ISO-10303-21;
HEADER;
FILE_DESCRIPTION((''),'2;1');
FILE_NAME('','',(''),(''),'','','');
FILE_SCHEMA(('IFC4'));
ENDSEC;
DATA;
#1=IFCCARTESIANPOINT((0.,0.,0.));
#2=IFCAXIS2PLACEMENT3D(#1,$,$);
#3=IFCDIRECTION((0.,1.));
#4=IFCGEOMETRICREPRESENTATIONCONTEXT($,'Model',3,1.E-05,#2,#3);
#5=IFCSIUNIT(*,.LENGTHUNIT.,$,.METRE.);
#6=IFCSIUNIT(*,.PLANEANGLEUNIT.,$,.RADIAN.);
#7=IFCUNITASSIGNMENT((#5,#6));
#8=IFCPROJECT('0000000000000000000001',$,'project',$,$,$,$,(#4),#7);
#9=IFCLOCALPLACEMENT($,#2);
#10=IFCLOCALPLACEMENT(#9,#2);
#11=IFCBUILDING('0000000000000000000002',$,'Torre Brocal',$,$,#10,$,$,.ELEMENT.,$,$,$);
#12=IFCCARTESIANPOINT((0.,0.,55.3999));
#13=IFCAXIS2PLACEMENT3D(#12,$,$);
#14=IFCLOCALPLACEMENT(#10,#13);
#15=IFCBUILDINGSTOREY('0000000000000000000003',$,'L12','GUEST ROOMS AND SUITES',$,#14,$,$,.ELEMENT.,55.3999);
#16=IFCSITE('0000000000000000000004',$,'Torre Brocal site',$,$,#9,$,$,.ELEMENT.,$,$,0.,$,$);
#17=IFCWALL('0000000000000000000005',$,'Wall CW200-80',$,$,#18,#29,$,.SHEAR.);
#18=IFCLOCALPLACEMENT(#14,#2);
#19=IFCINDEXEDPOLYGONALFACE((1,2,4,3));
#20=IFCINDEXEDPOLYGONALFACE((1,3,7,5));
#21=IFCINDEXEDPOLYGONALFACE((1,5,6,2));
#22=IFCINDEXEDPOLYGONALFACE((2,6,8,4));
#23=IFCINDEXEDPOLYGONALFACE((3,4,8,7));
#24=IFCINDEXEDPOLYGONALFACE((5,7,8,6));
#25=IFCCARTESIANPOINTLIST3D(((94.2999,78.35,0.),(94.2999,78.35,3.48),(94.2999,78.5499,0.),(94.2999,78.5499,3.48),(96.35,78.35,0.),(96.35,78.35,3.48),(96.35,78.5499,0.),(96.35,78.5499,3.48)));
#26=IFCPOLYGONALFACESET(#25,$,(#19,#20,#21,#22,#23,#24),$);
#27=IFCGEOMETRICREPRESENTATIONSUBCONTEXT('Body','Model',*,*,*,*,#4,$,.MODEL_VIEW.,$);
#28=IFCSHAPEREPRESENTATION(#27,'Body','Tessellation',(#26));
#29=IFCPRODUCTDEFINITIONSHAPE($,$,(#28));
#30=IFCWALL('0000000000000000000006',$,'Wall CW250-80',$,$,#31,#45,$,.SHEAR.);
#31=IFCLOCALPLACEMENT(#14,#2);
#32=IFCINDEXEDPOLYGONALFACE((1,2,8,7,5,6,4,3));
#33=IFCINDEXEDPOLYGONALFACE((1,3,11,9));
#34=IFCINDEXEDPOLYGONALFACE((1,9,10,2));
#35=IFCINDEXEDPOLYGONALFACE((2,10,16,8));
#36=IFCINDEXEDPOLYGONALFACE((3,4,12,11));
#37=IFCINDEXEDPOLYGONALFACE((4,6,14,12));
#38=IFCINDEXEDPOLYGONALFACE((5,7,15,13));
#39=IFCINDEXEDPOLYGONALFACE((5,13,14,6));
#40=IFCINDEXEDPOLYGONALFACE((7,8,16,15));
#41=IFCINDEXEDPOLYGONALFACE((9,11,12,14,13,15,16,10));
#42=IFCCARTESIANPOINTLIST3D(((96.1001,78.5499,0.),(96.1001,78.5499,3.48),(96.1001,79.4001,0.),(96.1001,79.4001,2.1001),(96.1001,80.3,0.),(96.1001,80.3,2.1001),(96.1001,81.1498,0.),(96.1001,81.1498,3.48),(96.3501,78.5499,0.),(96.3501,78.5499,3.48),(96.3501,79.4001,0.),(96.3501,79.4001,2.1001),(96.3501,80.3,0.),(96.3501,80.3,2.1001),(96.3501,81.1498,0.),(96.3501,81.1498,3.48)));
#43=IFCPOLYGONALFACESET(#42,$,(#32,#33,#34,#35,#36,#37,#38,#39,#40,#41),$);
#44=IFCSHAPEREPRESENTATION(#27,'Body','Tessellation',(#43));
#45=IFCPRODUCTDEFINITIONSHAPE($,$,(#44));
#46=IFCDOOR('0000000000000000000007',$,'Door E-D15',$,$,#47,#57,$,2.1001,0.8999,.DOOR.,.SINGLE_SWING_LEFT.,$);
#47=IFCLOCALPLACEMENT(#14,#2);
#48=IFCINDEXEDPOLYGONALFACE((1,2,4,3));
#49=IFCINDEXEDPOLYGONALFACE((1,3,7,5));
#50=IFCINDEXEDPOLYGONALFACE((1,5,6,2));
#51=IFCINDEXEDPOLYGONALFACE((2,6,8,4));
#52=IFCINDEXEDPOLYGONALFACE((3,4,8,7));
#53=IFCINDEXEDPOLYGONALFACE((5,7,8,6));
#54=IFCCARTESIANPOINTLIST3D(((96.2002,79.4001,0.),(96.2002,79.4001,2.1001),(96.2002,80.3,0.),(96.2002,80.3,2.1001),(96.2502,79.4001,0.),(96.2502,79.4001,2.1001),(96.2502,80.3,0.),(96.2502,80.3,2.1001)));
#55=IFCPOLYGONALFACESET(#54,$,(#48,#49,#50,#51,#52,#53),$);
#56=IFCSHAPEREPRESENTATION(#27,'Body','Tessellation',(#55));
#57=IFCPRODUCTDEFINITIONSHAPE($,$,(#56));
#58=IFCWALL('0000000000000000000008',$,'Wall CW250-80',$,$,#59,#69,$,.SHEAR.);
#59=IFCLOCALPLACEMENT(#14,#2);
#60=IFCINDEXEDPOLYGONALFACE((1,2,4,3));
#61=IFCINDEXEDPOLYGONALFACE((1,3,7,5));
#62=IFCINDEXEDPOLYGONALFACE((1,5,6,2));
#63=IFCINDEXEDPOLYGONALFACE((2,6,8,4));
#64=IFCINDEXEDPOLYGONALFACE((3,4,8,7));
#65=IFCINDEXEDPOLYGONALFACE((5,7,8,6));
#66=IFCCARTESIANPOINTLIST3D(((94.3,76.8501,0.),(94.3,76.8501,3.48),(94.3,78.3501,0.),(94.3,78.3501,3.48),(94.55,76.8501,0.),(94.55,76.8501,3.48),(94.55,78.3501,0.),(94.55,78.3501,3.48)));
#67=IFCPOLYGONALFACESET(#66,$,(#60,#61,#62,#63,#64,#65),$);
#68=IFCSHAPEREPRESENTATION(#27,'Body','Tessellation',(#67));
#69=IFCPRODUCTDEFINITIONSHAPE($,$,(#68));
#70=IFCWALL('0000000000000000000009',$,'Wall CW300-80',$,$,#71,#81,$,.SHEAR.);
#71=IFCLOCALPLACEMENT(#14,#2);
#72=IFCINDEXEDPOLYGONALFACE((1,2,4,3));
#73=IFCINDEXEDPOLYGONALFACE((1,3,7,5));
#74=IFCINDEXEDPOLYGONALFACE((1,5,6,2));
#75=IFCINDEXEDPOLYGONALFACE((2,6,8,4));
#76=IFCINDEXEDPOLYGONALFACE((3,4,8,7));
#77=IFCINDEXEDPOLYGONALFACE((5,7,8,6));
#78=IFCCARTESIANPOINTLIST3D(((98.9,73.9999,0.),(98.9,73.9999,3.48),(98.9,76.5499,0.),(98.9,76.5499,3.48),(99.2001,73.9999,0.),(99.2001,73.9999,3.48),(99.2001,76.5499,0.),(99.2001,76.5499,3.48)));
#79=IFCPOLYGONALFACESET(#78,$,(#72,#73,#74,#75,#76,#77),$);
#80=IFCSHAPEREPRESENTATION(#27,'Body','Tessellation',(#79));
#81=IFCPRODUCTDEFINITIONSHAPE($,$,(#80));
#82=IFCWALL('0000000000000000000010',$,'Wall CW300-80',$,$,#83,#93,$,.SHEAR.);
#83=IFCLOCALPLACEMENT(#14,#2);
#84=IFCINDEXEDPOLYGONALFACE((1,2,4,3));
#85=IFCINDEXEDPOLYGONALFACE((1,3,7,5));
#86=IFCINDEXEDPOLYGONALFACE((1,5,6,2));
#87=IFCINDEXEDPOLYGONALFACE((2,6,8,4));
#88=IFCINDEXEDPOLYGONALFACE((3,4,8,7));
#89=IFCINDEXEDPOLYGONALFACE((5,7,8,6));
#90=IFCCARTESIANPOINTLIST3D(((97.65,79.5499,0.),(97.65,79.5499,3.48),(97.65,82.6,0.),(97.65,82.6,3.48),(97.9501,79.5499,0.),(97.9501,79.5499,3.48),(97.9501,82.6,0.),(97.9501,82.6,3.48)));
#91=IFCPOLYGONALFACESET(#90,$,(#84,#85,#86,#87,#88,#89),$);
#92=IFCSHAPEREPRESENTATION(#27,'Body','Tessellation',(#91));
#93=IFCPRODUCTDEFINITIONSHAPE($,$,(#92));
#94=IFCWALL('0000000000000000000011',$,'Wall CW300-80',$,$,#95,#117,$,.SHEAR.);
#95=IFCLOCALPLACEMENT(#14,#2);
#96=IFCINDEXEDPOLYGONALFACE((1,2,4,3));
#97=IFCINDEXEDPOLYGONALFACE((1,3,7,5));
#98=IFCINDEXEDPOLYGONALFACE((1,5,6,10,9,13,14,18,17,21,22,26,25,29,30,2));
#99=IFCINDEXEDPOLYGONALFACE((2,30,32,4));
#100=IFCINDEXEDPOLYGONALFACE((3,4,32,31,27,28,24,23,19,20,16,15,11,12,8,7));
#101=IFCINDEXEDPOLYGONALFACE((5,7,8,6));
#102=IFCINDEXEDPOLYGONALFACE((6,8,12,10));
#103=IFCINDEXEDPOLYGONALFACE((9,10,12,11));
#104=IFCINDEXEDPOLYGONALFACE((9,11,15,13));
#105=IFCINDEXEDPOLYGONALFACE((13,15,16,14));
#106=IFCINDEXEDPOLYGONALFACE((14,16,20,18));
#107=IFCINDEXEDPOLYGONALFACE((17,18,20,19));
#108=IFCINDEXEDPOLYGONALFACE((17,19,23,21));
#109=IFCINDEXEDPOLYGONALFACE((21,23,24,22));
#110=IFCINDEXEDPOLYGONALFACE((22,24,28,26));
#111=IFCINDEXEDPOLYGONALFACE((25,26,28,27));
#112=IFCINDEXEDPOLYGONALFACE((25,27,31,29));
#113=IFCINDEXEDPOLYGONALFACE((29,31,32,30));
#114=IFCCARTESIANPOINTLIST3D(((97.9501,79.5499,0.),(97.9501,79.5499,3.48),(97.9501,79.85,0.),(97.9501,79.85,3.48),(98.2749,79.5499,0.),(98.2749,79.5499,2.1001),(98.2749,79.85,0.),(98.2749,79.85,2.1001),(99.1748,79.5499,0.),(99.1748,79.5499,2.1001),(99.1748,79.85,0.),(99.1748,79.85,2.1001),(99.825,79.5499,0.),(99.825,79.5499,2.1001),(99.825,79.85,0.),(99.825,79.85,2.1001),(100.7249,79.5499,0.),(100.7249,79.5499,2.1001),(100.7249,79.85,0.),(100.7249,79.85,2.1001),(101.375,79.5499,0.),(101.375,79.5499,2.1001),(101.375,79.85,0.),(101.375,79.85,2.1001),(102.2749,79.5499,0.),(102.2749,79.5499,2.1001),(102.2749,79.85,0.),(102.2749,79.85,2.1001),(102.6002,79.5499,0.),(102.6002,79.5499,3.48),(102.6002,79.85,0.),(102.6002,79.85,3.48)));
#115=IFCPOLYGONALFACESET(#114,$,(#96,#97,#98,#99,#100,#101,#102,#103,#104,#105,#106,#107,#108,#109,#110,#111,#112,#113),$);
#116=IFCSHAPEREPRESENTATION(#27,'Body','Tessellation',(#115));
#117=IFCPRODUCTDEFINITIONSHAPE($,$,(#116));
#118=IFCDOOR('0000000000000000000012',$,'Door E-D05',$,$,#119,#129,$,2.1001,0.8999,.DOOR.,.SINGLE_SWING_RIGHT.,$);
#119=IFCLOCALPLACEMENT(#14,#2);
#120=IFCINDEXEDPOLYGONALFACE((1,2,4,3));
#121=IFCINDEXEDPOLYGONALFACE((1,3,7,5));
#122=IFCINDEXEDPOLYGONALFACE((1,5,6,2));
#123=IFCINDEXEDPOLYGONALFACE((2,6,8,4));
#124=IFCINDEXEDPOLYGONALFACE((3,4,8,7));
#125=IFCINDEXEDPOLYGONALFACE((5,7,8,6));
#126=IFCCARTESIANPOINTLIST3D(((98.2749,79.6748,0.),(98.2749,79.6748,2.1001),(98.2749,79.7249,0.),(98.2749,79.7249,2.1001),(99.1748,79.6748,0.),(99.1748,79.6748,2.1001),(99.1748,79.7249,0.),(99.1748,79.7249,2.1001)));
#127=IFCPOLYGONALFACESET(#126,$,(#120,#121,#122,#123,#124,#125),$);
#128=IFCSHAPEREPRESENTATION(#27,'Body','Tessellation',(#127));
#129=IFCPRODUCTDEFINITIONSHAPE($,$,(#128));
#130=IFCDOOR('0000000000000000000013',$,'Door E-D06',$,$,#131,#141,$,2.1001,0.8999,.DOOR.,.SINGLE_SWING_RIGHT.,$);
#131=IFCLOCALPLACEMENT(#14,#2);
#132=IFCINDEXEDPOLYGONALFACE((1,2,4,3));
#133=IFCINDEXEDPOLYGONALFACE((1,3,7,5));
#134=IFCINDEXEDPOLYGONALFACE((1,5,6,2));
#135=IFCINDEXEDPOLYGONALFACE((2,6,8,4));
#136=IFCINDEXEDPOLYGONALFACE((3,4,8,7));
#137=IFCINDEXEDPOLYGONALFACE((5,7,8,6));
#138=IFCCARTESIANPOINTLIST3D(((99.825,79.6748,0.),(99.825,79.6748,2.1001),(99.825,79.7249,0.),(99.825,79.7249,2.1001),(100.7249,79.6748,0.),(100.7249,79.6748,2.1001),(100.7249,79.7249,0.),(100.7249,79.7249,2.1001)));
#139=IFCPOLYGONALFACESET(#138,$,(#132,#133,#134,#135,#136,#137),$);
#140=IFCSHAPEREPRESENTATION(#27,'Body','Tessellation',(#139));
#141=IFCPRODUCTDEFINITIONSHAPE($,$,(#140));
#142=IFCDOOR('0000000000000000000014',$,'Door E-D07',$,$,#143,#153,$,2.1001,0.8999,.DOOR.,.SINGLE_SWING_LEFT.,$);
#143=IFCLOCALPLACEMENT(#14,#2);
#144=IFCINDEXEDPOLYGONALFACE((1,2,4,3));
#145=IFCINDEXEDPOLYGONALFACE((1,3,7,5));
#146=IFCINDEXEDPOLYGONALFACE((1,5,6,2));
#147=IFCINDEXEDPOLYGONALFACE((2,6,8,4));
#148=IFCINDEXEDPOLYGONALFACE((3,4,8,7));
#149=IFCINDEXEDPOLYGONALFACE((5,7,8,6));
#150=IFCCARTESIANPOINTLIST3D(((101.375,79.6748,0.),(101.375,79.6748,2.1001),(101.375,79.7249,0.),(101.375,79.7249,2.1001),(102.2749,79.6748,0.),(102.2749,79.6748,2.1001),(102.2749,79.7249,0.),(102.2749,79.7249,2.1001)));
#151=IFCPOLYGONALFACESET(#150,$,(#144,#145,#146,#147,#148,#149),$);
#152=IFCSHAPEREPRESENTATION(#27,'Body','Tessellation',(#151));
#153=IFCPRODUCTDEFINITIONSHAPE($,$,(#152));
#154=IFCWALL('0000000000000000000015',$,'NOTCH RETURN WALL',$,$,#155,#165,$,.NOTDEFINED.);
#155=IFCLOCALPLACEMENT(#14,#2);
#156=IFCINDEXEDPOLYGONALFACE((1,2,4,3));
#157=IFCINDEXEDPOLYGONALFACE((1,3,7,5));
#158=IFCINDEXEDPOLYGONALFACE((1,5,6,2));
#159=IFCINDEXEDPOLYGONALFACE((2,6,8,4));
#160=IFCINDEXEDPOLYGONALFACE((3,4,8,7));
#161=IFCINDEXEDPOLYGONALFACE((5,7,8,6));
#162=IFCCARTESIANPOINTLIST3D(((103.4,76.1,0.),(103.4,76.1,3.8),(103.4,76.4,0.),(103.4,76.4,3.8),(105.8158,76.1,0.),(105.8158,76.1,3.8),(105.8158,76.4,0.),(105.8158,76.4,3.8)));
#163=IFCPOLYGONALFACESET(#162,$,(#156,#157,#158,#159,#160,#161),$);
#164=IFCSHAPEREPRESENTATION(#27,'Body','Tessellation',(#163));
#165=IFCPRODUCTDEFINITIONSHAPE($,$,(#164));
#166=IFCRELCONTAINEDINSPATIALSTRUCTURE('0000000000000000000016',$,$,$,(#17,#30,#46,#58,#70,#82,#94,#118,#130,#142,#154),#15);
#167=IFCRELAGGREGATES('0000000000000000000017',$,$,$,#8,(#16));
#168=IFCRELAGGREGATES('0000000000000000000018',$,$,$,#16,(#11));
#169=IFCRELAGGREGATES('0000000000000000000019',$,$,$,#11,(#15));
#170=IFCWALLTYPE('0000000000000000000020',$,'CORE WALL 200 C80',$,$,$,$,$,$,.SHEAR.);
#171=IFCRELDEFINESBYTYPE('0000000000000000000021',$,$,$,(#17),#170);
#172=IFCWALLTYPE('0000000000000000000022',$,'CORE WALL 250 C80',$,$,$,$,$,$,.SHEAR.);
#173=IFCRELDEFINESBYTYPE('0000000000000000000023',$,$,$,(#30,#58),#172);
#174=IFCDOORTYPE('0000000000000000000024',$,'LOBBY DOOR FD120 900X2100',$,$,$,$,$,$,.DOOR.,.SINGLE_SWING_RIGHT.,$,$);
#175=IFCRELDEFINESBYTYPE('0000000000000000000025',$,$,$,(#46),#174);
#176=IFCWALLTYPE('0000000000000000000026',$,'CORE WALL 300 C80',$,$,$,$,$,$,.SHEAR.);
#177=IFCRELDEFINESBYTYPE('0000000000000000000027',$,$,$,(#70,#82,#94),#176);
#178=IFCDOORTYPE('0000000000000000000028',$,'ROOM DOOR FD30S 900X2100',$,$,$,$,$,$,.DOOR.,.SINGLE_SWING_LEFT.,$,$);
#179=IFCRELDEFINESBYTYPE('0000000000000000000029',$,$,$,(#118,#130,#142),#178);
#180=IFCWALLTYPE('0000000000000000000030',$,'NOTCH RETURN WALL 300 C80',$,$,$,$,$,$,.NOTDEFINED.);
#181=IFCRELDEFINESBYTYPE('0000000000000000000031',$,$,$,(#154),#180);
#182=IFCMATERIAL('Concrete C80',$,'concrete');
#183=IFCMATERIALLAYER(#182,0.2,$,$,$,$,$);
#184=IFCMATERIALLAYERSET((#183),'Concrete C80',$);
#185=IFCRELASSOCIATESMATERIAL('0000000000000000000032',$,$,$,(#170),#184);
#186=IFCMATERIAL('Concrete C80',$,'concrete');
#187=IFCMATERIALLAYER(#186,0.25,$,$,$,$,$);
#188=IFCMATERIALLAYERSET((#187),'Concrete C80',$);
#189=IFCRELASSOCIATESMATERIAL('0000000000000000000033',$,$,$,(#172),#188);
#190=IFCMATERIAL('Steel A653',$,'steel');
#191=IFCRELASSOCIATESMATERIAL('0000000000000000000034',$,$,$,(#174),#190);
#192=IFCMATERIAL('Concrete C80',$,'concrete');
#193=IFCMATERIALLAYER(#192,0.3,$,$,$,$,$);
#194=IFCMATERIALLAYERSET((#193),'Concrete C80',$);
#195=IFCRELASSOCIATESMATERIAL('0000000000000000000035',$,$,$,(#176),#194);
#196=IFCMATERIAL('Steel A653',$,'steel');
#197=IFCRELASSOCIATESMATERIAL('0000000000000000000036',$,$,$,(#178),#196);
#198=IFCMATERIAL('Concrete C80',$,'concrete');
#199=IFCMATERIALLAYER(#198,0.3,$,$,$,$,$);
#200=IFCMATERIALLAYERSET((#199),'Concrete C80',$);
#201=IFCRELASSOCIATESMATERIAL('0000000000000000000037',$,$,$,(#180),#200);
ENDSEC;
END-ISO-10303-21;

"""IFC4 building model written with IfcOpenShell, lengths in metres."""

from ifc_helpers import new_model, si_unit, direction, frame, frame_2d, origin, place, context, subcontext, project, spatial, rectangle, extrude, material, layer, layer_set, type_object, element, fill, save


model = new_model("IFC4")

# Units and contexts
model_context = context("Model", 3, precision=1e-05, world=origin(), true_north=direction((0.0, 1.0)))
body_context = subcontext(model_context, "Body", "Model", "MODEL_VIEW")
ifc_project = project(units=[si_unit("LENGTHUNIT", "METRE"), si_unit("PLANEANGLEUNIT", "RADIAN")], contexts=[model_context])

# Site, building, storey
site_placement = place(None, origin())
site = spatial("IfcSite", under=ifc_project, at=site_placement, Name="Torre Brocal site", CompositionType="ELEMENT", RefElevation=0.0)
building_placement = place(site_placement, origin())
building = spatial("IfcBuilding", under=site, at=building_placement, Name="Torre Brocal", CompositionType="ELEMENT")
storey_placement = place(building_placement, frame((0.0, 0.0, 55.3999)))
storey = spatial("IfcBuildingStorey", under=building, at=storey_placement, Name="L12", Description="GUEST ROOMS AND SUITES", CompositionType="ELEMENT", Elevation=55.3999)

# Wall
ifc_material_1 = material(Name="Concrete C80", Category="concrete")
ifc_layer_1 = layer(ifc_material_1, 0.2)
ifc_layer_set_1 = layer_set([ifc_layer_1], Name="Concrete C80")
wall_type_1 = type_object("IfcWallType", Name="CORE WALL 200 C80", PredefinedType="SHEAR", material=ifc_layer_set_1)
wall_1_placement = place(storey_placement, frame((94.3, 78.45, 0.0), z_axis=(0.0, 0.0, 1.0), x_axis=(1.0, 0.0, 0.0)))
element("IfcWall", 1, at=wall_1_placement, inside=storey, type_object=wall_type_1, Name="Wall CW200-80", PredefinedType="SHEAR", context=body_context, shape_type="SweptSolid", body=[
    extrude(rectangle(XDim=2.05, YDim=0.2, at=frame_2d((1.0249, 0.0))), origin(), (0.0, 0.0, 1.0), 3.48),
])

# Wall, opening, door
ifc_material_2 = material(Name="Concrete C80", Category="concrete")
ifc_layer_2 = layer(ifc_material_2, 0.25)
ifc_layer_set_2 = layer_set([ifc_layer_2], Name="Concrete C80")
wall_type_2 = type_object("IfcWallType", Name="CORE WALL 250 C80", PredefinedType="SHEAR", material=ifc_layer_set_2)
wall_2_placement = place(storey_placement, frame((96.2251, 78.55, 0.0), z_axis=(0.0, 0.0, 1.0), x_axis=(0.0, 1.0, 0.0)))
wall_2 = element("IfcWall", 2, at=wall_2_placement, inside=storey, type_object=wall_type_2, Name="Wall CW250-80", PredefinedType="SHEAR", context=body_context, shape_type="SweptSolid", body=[
    extrude(rectangle(XDim=2.5999, YDim=0.25, at=frame_2d((1.2998, 0.0))), origin(), (0.0, 0.0, 1.0), 3.48),
])
opening_1_placement = place(wall_2_placement, frame((0.8501, 0.0, 0.0)))
opening_1 = element("IfcOpeningElement", 3, at=opening_1_placement, cuts=wall_2, PredefinedType="OPENING", context=body_context, shape_type="SweptSolid", body=[
    extrude(rectangle(XDim=0.8999, YDim=2.1001, at=frame_2d((0.45, 1.05))), frame((0.0, 0.135, 0.0), z_axis=(0.0, -1.0, 0.0), x_axis=(1.0, 0.0, 0.0)), (0.0, 0.0, 1.0), 0.27),
])
ifc_material_3 = material(Name="Steel A653", Category="steel")
door_type_1 = type_object("IfcDoorType", Name="LOBBY DOOR FD120 900X2100", OperationType="SINGLE_SWING_RIGHT", PredefinedType="DOOR", material=ifc_material_3)
door_1_placement = place(opening_1_placement, origin())
door_1 = element("IfcDoor", 4, at=door_1_placement, inside=storey, type_object=door_type_1, Name="Door E-D15", OperationType="SINGLE_SWING_LEFT", OverallHeight=2.1001, OverallWidth=0.8999, PredefinedType="DOOR", context=body_context, shape_type="SweptSolid", body=[
    extrude(rectangle(XDim=0.8999, YDim=2.1001, at=frame_2d((0.45, 1.05))), frame((0.0, 0.0249, 0.0), z_axis=(0.0, -1.0, 0.0), x_axis=(1.0, 0.0, 0.0)), (0.0, 0.0, 1.0), 0.05),
])
fill(opening_1, door_1)

# Walls
wall_3_placement = place(storey_placement, frame((94.425, 76.8501, 0.0), z_axis=(0.0, 0.0, 1.0), x_axis=(0.0, 1.0, 0.0)))
element("IfcWall", 5, at=wall_3_placement, inside=storey, type_object=wall_type_2, Name="Wall CW250-80", PredefinedType="SHEAR", context=body_context, shape_type="SweptSolid", body=[
    extrude(rectangle(XDim=1.5, YDim=0.25, at=frame_2d((0.75, 0.0))), origin(), (0.0, 0.0, 1.0), 3.48),
])
ifc_material_4 = material(Name="Concrete C80", Category="concrete")
ifc_layer_3 = layer(ifc_material_4, 0.3)
ifc_layer_set_3 = layer_set([ifc_layer_3], Name="Concrete C80")
wall_type_3 = type_object("IfcWallType", Name="CORE WALL 300 C80", PredefinedType="SHEAR", material=ifc_layer_set_3)
wall_4_placement = place(storey_placement, frame((99.05, 74.0, 0.0), z_axis=(0.0, 0.0, 1.0), x_axis=(0.0, 1.0, 0.0)))
element("IfcWall", 6, at=wall_4_placement, inside=storey, type_object=wall_type_3, Name="Wall CW300-80", PredefinedType="SHEAR", context=body_context, shape_type="SweptSolid", body=[
    extrude(rectangle(XDim=2.55, YDim=0.3, at=frame_2d((1.2749, 0.0))), origin(), (0.0, 0.0, 1.0), 3.48),
])
wall_5_placement = place(storey_placement, frame((97.8, 79.55, 0.0), z_axis=(0.0, 0.0, 1.0), x_axis=(0.0, 1.0, 0.0)))
element("IfcWall", 7, at=wall_5_placement, inside=storey, type_object=wall_type_3, Name="Wall CW300-80", PredefinedType="SHEAR", context=body_context, shape_type="SweptSolid", body=[
    extrude(rectangle(XDim=3.05, YDim=0.3, at=frame_2d((1.5249, 0.0))), origin(), (0.0, 0.0, 1.0), 3.48),
])

# Wall, openings, doors
wall_6_placement = place(storey_placement, frame((97.95, 79.7, 0.0), z_axis=(0.0, 0.0, 1.0), x_axis=(1.0, 0.0, 0.0)))
wall_6 = element("IfcWall", 8, at=wall_6_placement, inside=storey, type_object=wall_type_3, Name="Wall CW300-80", PredefinedType="SHEAR", context=body_context, shape_type="SweptSolid", body=[
    extrude(rectangle(XDim=4.6501, YDim=0.3, at=frame_2d((2.3252, 0.0))), origin(), (0.0, 0.0, 1.0), 3.48),
])
opening_2_placement = place(wall_6_placement, frame((0.325, 0.0, 0.0)))
opening_2 = element("IfcOpeningElement", 9, at=opening_2_placement, cuts=wall_6, PredefinedType="OPENING", context=body_context, shape_type="SweptSolid", body=[
    extrude(rectangle(XDim=0.8999, YDim=2.1001, at=frame_2d((0.45, 1.05))), frame((0.0, 0.1599, 0.0), z_axis=(0.0, -1.0, 0.0), x_axis=(1.0, 0.0, 0.0)), (0.0, 0.0, 1.0), 0.3201),
])
opening_3_placement = place(wall_6_placement, frame((1.875, 0.0, 0.0)))
opening_3 = element("IfcOpeningElement", 10, at=opening_3_placement, cuts=wall_6, PredefinedType="OPENING", context=body_context, shape_type="SweptSolid", body=[
    extrude(rectangle(XDim=0.8999, YDim=2.1001, at=frame_2d((0.45, 1.05))), frame((0.0, 0.1599, 0.0), z_axis=(0.0, -1.0, 0.0), x_axis=(1.0, 0.0, 0.0)), (0.0, 0.0, 1.0), 0.3201),
])
opening_4_placement = place(wall_6_placement, frame((3.425, 0.0, 0.0)))
opening_4 = element("IfcOpeningElement", 11, at=opening_4_placement, cuts=wall_6, PredefinedType="OPENING", context=body_context, shape_type="SweptSolid", body=[
    extrude(rectangle(XDim=0.8999, YDim=2.1001, at=frame_2d((0.45, 1.05))), frame((0.0, 0.1599, 0.0), z_axis=(0.0, -1.0, 0.0), x_axis=(1.0, 0.0, 0.0)), (0.0, 0.0, 1.0), 0.3201),
])
ifc_material_5 = material(Name="Steel A653", Category="steel")
door_type_2 = type_object("IfcDoorType", Name="ROOM DOOR FD30S 900X2100", OperationType="SINGLE_SWING_LEFT", PredefinedType="DOOR", material=ifc_material_5)
door_2_placement = place(opening_2_placement, origin())
door_2 = element("IfcDoor", 12, at=door_2_placement, inside=storey, type_object=door_type_2, Name="Door E-D05", OperationType="SINGLE_SWING_RIGHT", OverallHeight=2.1001, OverallWidth=0.8999, PredefinedType="DOOR", context=body_context, shape_type="SweptSolid", body=[
    extrude(rectangle(XDim=0.8999, YDim=2.1001, at=frame_2d((0.45, 1.05))), frame((0.0, 0.0249, 0.0), z_axis=(0.0, -1.0, 0.0), x_axis=(1.0, 0.0, 0.0)), (0.0, 0.0, 1.0), 0.05),
])
fill(opening_2, door_2)
door_3_placement = place(opening_3_placement, origin())
door_3 = element("IfcDoor", 13, at=door_3_placement, inside=storey, type_object=door_type_2, Name="Door E-D06", OperationType="SINGLE_SWING_RIGHT", OverallHeight=2.1001, OverallWidth=0.8999, PredefinedType="DOOR", context=body_context, shape_type="SweptSolid", body=[
    extrude(rectangle(XDim=0.8999, YDim=2.1001, at=frame_2d((0.45, 1.05))), frame((0.0, 0.0249, 0.0), z_axis=(0.0, -1.0, 0.0), x_axis=(1.0, 0.0, 0.0)), (0.0, 0.0, 1.0), 0.05),
])
fill(opening_3, door_3)
door_4_placement = place(opening_4_placement, origin())
door_4 = element("IfcDoor", 14, at=door_4_placement, inside=storey, type_object=door_type_2, Name="Door E-D07", OperationType="SINGLE_SWING_LEFT", OverallHeight=2.1001, OverallWidth=0.8999, PredefinedType="DOOR", context=body_context, shape_type="SweptSolid", body=[
    extrude(rectangle(XDim=0.8999, YDim=2.1001, at=frame_2d((0.45, 1.05))), frame((0.0, 0.0249, 0.0), z_axis=(0.0, -1.0, 0.0), x_axis=(1.0, 0.0, 0.0)), (0.0, 0.0, 1.0), 0.05),
])
fill(opening_4, door_4)

# Wall
ifc_material_6 = material(Name="Concrete C80", Category="concrete")
ifc_layer_4 = layer(ifc_material_6, 0.3)
ifc_layer_set_4 = layer_set([ifc_layer_4], Name="Concrete C80")
wall_type_4 = type_object("IfcWallType", Name="NOTCH RETURN WALL 300 C80", PredefinedType="NOTDEFINED", material=ifc_layer_set_4)
wall_7_placement = place(storey_placement, frame((103.3999, 76.25, 0.0), z_axis=(0.0, 0.0, 1.0), x_axis=(1.0, 0.0, 0.0)))
element("IfcWall", 15, at=wall_7_placement, inside=storey, type_object=wall_type_4, Name="NOTCH RETURN WALL", PredefinedType="NOTDEFINED", context=body_context, shape_type="SweptSolid", body=[
    extrude(rectangle(XDim=2.4158, YDim=0.3, at=frame_2d((1.208, 0.0))), origin(), (0.0, 0.0, 1.0), 3.8),
])

save(model, "model.ifc")
